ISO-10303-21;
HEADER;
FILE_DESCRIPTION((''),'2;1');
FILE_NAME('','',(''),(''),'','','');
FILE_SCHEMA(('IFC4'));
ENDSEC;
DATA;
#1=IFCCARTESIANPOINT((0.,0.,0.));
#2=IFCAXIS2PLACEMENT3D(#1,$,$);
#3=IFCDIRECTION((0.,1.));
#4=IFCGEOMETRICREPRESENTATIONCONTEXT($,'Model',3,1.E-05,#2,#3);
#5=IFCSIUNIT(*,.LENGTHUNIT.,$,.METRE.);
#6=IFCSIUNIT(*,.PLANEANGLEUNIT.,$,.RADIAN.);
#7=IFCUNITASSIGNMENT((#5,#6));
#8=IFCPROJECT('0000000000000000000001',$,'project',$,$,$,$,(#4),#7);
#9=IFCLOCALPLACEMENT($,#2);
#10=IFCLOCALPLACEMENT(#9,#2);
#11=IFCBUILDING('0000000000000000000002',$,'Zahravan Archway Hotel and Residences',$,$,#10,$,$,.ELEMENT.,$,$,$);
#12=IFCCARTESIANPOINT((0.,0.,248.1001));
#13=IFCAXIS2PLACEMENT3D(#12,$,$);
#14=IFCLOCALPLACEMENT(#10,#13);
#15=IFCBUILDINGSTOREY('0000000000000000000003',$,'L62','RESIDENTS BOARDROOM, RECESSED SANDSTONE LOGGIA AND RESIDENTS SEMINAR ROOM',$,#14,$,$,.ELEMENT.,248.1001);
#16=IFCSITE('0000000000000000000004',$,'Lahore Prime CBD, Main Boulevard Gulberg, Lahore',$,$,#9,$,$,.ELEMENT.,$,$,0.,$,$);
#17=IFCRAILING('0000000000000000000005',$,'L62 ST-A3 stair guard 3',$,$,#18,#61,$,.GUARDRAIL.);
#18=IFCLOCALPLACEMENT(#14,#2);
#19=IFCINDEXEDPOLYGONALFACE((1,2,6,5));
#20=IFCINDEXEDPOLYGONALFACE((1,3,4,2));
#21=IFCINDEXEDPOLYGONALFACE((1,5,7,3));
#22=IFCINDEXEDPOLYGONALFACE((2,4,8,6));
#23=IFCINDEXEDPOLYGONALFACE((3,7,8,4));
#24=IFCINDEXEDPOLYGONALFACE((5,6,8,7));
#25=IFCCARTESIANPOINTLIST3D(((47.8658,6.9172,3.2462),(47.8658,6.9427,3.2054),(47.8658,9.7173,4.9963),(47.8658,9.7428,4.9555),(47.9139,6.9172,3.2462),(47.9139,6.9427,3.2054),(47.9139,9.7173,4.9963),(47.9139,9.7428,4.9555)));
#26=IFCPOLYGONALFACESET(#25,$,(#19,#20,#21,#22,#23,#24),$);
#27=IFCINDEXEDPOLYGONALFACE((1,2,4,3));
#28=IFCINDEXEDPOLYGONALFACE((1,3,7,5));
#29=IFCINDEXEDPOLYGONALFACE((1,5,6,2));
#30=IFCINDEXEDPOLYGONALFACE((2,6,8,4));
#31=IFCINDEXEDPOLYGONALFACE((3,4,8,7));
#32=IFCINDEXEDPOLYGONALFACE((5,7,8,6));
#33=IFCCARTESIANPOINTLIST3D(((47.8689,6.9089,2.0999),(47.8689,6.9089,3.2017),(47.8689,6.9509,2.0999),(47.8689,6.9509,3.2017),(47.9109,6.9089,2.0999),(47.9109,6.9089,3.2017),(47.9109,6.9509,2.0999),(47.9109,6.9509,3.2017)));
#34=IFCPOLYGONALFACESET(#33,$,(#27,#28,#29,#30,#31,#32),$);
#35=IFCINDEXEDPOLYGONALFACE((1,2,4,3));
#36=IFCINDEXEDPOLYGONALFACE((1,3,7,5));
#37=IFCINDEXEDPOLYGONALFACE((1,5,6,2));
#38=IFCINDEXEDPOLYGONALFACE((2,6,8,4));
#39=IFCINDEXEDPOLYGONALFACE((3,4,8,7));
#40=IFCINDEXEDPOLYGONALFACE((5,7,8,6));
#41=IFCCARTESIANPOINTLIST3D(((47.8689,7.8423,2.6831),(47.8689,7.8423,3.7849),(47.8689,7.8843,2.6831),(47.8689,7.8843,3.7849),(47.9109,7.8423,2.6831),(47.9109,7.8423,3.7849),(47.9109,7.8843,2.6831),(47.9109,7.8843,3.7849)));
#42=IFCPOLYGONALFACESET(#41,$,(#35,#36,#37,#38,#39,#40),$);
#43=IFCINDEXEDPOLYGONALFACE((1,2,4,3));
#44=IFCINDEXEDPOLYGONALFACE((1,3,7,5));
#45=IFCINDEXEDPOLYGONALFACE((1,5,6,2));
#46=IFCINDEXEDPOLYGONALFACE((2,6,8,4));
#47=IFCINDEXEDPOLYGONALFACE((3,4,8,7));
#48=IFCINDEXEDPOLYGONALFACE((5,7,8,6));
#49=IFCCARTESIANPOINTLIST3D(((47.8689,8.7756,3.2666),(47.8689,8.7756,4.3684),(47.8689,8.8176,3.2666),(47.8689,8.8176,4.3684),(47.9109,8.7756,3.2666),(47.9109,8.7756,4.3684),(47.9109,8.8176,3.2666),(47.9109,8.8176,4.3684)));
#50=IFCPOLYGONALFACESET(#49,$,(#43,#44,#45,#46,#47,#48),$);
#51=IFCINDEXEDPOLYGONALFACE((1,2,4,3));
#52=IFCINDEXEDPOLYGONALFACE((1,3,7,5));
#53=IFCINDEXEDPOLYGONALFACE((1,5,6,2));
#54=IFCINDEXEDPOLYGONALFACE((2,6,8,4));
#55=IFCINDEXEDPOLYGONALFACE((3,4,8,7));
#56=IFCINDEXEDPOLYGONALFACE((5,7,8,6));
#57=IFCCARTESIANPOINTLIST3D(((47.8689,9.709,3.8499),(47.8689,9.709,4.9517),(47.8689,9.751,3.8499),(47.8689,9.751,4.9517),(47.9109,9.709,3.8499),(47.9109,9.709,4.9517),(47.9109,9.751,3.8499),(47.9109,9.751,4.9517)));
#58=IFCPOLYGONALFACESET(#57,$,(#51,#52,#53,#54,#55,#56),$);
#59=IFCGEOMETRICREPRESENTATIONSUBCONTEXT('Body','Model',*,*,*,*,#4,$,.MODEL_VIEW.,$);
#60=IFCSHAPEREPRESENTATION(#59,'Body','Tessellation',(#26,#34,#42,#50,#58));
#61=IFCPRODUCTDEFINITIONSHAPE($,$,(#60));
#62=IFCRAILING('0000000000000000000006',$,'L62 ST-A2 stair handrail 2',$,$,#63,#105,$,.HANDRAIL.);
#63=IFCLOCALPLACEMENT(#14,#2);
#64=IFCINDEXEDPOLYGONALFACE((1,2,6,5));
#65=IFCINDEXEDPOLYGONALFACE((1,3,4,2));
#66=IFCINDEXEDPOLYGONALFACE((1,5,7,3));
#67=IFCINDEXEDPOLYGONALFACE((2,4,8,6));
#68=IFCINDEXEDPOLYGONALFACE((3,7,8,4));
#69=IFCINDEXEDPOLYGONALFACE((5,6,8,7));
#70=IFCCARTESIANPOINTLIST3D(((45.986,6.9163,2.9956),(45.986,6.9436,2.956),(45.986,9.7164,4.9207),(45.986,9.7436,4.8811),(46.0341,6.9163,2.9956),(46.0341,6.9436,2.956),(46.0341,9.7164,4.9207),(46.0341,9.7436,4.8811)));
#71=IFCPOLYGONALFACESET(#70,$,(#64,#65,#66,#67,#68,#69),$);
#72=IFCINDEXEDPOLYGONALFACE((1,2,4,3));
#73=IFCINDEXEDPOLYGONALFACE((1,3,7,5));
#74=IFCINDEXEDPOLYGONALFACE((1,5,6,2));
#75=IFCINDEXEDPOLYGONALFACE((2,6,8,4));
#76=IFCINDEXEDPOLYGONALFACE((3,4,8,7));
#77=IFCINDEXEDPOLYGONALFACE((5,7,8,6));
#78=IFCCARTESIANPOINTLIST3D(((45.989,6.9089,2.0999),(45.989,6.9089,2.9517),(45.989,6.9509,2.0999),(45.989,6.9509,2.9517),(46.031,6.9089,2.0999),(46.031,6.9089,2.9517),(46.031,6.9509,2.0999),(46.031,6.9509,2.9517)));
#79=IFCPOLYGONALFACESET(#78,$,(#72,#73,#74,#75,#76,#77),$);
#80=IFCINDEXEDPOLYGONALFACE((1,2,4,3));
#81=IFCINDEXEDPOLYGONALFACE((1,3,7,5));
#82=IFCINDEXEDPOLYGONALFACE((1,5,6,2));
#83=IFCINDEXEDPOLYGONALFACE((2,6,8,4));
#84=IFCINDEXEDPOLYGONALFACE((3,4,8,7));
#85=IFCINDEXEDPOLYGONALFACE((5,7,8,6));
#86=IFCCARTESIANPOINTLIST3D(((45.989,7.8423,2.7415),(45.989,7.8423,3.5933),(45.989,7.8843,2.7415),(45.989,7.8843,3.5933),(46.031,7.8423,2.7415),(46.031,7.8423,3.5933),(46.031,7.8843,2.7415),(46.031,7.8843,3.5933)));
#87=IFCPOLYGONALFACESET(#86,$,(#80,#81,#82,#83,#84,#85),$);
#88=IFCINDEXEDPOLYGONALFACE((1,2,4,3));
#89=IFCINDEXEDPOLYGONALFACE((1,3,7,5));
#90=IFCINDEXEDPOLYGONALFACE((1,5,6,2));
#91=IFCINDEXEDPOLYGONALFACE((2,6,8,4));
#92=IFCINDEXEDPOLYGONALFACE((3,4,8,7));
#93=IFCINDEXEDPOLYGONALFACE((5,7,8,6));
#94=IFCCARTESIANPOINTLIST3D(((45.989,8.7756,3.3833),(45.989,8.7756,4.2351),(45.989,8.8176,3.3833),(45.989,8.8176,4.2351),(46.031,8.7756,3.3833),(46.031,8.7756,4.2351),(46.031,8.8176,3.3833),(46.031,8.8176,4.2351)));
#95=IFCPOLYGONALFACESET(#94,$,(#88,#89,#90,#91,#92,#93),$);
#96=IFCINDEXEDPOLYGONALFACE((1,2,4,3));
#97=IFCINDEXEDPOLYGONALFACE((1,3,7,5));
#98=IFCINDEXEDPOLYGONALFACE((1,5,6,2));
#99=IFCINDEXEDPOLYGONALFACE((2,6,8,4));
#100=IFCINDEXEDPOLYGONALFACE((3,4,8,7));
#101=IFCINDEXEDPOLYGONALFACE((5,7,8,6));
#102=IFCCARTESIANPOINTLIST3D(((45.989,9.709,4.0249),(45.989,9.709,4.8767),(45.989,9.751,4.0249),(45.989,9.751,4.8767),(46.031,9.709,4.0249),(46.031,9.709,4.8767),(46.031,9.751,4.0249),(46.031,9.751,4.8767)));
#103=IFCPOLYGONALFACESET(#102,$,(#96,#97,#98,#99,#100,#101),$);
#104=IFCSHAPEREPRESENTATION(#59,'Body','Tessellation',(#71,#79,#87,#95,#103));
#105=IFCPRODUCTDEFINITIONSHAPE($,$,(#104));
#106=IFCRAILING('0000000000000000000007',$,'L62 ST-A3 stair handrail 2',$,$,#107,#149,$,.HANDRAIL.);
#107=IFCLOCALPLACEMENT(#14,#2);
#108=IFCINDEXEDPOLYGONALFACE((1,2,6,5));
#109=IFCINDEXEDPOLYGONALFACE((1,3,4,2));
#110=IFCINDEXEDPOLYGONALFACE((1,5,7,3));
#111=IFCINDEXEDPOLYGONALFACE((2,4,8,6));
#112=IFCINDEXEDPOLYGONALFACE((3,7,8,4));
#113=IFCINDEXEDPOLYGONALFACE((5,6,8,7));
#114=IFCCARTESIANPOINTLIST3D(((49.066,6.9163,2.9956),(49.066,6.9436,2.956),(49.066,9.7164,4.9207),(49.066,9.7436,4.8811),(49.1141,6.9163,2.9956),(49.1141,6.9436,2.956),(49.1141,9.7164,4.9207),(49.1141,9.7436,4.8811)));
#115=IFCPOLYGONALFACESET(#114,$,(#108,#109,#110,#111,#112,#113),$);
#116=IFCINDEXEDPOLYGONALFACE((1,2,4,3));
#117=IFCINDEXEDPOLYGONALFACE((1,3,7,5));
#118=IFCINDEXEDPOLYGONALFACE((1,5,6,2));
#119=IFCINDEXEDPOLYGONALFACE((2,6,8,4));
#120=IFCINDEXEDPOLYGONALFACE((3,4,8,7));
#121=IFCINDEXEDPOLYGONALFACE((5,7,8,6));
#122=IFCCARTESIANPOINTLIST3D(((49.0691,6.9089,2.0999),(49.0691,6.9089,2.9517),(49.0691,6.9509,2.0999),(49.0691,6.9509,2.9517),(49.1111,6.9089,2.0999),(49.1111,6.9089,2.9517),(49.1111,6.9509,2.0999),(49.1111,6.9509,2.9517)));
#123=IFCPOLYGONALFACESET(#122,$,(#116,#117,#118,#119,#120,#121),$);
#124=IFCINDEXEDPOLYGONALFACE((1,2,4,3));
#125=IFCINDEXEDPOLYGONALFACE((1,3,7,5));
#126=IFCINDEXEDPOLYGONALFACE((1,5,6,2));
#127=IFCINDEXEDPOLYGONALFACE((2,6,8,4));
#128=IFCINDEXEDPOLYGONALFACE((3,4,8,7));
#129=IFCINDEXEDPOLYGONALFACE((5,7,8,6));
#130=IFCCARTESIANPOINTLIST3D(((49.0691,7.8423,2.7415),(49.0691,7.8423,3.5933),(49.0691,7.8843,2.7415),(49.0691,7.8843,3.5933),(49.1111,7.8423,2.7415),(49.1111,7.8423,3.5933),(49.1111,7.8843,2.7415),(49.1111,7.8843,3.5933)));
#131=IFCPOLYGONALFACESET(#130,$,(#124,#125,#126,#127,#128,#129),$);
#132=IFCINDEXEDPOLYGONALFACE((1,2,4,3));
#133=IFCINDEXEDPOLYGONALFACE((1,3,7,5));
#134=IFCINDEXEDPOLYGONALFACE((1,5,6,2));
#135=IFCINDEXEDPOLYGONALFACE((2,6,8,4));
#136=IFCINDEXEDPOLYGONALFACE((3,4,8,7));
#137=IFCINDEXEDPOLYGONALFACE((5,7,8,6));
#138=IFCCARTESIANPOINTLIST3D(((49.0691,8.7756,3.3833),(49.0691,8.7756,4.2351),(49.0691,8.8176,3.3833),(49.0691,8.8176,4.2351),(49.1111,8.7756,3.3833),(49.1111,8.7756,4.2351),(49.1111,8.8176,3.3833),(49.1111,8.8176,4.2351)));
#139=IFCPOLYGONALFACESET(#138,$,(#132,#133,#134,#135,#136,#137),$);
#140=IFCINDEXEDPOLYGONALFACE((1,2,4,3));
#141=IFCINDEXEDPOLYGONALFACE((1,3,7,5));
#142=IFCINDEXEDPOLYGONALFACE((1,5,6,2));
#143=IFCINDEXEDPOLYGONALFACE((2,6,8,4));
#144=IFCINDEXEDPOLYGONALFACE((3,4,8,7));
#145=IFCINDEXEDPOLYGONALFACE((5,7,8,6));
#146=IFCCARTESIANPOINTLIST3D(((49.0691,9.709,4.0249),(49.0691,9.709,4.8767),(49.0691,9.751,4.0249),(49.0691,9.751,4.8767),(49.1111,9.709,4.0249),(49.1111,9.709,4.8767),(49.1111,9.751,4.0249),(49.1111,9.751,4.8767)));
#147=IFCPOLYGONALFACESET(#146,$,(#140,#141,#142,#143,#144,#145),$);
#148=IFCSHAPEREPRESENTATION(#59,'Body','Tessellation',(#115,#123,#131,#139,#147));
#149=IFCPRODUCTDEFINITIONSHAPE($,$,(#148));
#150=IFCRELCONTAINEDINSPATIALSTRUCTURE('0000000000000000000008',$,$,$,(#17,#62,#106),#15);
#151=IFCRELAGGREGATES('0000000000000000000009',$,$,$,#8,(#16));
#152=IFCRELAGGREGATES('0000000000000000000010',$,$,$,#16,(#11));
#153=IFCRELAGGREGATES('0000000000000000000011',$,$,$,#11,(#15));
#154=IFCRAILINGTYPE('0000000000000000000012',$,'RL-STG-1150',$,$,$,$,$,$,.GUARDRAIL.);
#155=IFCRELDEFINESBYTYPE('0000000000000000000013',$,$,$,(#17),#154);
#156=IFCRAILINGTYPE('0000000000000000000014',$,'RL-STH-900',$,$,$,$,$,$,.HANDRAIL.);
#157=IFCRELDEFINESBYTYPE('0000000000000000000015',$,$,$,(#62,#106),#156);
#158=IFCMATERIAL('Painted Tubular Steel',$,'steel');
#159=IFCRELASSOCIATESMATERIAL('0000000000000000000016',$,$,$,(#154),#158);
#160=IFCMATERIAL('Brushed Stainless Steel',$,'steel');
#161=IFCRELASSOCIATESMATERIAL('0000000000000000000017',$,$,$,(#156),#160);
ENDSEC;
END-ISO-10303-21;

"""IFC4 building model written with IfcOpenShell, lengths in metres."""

from ifc_helpers import new_model, si_unit, direction, frame, origin, origin_2d, place, context, subcontext, project, spatial, rectangle, extrude, material, type_object, element, save


model = new_model("IFC4")

# Units and contexts
model_context = context("Model", 3, precision=1e-05, world=origin(), true_north=direction((0.0, 1.0)))
body_context = subcontext(model_context, "Body", "Model", "MODEL_VIEW")
ifc_project = project(units=[si_unit("LENGTHUNIT", "METRE"), si_unit("PLANEANGLEUNIT", "RADIAN")], contexts=[model_context])

# Site, building, storey
site_placement = place(None, origin())
site = spatial("IfcSite", under=ifc_project, at=site_placement, Name="Lahore Prime CBD, Main Boulevard Gulberg, Lahore", CompositionType="ELEMENT", RefElevation=0.0)
building_placement = place(site_placement, origin())
building = spatial("IfcBuilding", under=site, at=building_placement, Name="Zahravan Archway Hotel and Residences", CompositionType="ELEMENT")
storey_placement = place(building_placement, frame((0.0, 0.0, 248.1001)))
storey = spatial("IfcBuildingStorey", under=building, at=storey_placement, Name="L62", Description="RESIDENTS BOARDROOM, RECESSED SANDSTONE LOGGIA AND RESIDENTS SEMINAR ROOM", CompositionType="ELEMENT", Elevation=248.1001)

# Railings
ifc_material_1 = material(Name="Painted Tubular Steel", Category="steel")
railing_type_1 = type_object("IfcRailingType", Name="RL-STG-1150", PredefinedType="GUARDRAIL", material=ifc_material_1)
railing_1_placement = place(storey_placement, frame((47.8899, 6.9299, 2.0999)))
element("IfcRailing", 1, at=railing_1_placement, inside=storey, type_object=railing_type_1, Name="L62 ST-A3 stair guard 3", PredefinedType="GUARDRAIL", context=body_context, shape_type="SweptSolid", body=[
    extrude(rectangle(XDim=0.0481, YDim=0.0481, at=origin_2d()), frame((0.0, 0.0, 1.126), z_axis=(0.0, 0.848002, 0.529992), x_axis=(-1.0, 0.0, 0.0)), (0.0, 0.0, 1.0), 3.302),
    extrude(rectangle(XDim=0.042, YDim=0.042, at=origin_2d()), origin(), (0.0, 0.0, 1.0), 1.1018),
    extrude(rectangle(XDim=0.042, YDim=0.042, at=origin_2d()), frame((0.0, 0.9333, 0.5833)), (0.0, 0.0, 1.0), 1.1018),
    extrude(rectangle(XDim=0.042, YDim=0.042, at=origin_2d()), frame((0.0, 1.8667, 1.1667)), (0.0, 0.0, 1.0), 1.1018),
    extrude(rectangle(XDim=0.042, YDim=0.042, at=origin_2d()), frame((0.0, 2.8, 1.75)), (0.0, 0.0, 1.0), 1.1018),
])
ifc_material_2 = material(Name="Brushed Stainless Steel", Category="steel")
railing_type_2 = type_object("IfcRailingType", Name="RL-STH-900", PredefinedType="HANDRAIL", material=ifc_material_2)
for number, where, name in (
    (2, (46.01, 6.9299, 2.0999), "L62 ST-A2 stair handrail 2"),
    (3, (49.0901, 6.9299, 2.0999), "L62 ST-A3 stair handrail 2"),
):
    element("IfcRailing", number, at=place(storey_placement, frame(where)), inside=storey, type_object=railing_type_2, Name=name, PredefinedType="HANDRAIL", context=body_context, shape_type="SweptSolid", body=[
        extrude(rectangle(XDim=0.0481, YDim=0.0481, at=origin_2d()), frame((0.0, 0.0, 0.876), z_axis=(0.0, 0.82404, 0.566532), x_axis=(-1.0, 0.0, 0.0)), (0.0, 0.0, 1.0), 3.3979),
        extrude(rectangle(XDim=0.042, YDim=0.042, at=origin_2d()), origin(), (0.0, 0.0, 1.0), 0.8518),
        extrude(rectangle(XDim=0.042, YDim=0.042, at=origin_2d()), frame((0.0, 0.9333, 0.6416)), (0.0, 0.0, 1.0), 0.8518),
        extrude(rectangle(XDim=0.042, YDim=0.042, at=origin_2d()), frame((0.0, 1.8667, 1.2834)), (0.0, 0.0, 1.0), 0.8518),
        extrude(rectangle(XDim=0.042, YDim=0.042, at=origin_2d()), frame((0.0, 2.8, 1.925)), (0.0, 0.0, 1.0), 0.8518),
    ])

save(model, "model.ifc")
